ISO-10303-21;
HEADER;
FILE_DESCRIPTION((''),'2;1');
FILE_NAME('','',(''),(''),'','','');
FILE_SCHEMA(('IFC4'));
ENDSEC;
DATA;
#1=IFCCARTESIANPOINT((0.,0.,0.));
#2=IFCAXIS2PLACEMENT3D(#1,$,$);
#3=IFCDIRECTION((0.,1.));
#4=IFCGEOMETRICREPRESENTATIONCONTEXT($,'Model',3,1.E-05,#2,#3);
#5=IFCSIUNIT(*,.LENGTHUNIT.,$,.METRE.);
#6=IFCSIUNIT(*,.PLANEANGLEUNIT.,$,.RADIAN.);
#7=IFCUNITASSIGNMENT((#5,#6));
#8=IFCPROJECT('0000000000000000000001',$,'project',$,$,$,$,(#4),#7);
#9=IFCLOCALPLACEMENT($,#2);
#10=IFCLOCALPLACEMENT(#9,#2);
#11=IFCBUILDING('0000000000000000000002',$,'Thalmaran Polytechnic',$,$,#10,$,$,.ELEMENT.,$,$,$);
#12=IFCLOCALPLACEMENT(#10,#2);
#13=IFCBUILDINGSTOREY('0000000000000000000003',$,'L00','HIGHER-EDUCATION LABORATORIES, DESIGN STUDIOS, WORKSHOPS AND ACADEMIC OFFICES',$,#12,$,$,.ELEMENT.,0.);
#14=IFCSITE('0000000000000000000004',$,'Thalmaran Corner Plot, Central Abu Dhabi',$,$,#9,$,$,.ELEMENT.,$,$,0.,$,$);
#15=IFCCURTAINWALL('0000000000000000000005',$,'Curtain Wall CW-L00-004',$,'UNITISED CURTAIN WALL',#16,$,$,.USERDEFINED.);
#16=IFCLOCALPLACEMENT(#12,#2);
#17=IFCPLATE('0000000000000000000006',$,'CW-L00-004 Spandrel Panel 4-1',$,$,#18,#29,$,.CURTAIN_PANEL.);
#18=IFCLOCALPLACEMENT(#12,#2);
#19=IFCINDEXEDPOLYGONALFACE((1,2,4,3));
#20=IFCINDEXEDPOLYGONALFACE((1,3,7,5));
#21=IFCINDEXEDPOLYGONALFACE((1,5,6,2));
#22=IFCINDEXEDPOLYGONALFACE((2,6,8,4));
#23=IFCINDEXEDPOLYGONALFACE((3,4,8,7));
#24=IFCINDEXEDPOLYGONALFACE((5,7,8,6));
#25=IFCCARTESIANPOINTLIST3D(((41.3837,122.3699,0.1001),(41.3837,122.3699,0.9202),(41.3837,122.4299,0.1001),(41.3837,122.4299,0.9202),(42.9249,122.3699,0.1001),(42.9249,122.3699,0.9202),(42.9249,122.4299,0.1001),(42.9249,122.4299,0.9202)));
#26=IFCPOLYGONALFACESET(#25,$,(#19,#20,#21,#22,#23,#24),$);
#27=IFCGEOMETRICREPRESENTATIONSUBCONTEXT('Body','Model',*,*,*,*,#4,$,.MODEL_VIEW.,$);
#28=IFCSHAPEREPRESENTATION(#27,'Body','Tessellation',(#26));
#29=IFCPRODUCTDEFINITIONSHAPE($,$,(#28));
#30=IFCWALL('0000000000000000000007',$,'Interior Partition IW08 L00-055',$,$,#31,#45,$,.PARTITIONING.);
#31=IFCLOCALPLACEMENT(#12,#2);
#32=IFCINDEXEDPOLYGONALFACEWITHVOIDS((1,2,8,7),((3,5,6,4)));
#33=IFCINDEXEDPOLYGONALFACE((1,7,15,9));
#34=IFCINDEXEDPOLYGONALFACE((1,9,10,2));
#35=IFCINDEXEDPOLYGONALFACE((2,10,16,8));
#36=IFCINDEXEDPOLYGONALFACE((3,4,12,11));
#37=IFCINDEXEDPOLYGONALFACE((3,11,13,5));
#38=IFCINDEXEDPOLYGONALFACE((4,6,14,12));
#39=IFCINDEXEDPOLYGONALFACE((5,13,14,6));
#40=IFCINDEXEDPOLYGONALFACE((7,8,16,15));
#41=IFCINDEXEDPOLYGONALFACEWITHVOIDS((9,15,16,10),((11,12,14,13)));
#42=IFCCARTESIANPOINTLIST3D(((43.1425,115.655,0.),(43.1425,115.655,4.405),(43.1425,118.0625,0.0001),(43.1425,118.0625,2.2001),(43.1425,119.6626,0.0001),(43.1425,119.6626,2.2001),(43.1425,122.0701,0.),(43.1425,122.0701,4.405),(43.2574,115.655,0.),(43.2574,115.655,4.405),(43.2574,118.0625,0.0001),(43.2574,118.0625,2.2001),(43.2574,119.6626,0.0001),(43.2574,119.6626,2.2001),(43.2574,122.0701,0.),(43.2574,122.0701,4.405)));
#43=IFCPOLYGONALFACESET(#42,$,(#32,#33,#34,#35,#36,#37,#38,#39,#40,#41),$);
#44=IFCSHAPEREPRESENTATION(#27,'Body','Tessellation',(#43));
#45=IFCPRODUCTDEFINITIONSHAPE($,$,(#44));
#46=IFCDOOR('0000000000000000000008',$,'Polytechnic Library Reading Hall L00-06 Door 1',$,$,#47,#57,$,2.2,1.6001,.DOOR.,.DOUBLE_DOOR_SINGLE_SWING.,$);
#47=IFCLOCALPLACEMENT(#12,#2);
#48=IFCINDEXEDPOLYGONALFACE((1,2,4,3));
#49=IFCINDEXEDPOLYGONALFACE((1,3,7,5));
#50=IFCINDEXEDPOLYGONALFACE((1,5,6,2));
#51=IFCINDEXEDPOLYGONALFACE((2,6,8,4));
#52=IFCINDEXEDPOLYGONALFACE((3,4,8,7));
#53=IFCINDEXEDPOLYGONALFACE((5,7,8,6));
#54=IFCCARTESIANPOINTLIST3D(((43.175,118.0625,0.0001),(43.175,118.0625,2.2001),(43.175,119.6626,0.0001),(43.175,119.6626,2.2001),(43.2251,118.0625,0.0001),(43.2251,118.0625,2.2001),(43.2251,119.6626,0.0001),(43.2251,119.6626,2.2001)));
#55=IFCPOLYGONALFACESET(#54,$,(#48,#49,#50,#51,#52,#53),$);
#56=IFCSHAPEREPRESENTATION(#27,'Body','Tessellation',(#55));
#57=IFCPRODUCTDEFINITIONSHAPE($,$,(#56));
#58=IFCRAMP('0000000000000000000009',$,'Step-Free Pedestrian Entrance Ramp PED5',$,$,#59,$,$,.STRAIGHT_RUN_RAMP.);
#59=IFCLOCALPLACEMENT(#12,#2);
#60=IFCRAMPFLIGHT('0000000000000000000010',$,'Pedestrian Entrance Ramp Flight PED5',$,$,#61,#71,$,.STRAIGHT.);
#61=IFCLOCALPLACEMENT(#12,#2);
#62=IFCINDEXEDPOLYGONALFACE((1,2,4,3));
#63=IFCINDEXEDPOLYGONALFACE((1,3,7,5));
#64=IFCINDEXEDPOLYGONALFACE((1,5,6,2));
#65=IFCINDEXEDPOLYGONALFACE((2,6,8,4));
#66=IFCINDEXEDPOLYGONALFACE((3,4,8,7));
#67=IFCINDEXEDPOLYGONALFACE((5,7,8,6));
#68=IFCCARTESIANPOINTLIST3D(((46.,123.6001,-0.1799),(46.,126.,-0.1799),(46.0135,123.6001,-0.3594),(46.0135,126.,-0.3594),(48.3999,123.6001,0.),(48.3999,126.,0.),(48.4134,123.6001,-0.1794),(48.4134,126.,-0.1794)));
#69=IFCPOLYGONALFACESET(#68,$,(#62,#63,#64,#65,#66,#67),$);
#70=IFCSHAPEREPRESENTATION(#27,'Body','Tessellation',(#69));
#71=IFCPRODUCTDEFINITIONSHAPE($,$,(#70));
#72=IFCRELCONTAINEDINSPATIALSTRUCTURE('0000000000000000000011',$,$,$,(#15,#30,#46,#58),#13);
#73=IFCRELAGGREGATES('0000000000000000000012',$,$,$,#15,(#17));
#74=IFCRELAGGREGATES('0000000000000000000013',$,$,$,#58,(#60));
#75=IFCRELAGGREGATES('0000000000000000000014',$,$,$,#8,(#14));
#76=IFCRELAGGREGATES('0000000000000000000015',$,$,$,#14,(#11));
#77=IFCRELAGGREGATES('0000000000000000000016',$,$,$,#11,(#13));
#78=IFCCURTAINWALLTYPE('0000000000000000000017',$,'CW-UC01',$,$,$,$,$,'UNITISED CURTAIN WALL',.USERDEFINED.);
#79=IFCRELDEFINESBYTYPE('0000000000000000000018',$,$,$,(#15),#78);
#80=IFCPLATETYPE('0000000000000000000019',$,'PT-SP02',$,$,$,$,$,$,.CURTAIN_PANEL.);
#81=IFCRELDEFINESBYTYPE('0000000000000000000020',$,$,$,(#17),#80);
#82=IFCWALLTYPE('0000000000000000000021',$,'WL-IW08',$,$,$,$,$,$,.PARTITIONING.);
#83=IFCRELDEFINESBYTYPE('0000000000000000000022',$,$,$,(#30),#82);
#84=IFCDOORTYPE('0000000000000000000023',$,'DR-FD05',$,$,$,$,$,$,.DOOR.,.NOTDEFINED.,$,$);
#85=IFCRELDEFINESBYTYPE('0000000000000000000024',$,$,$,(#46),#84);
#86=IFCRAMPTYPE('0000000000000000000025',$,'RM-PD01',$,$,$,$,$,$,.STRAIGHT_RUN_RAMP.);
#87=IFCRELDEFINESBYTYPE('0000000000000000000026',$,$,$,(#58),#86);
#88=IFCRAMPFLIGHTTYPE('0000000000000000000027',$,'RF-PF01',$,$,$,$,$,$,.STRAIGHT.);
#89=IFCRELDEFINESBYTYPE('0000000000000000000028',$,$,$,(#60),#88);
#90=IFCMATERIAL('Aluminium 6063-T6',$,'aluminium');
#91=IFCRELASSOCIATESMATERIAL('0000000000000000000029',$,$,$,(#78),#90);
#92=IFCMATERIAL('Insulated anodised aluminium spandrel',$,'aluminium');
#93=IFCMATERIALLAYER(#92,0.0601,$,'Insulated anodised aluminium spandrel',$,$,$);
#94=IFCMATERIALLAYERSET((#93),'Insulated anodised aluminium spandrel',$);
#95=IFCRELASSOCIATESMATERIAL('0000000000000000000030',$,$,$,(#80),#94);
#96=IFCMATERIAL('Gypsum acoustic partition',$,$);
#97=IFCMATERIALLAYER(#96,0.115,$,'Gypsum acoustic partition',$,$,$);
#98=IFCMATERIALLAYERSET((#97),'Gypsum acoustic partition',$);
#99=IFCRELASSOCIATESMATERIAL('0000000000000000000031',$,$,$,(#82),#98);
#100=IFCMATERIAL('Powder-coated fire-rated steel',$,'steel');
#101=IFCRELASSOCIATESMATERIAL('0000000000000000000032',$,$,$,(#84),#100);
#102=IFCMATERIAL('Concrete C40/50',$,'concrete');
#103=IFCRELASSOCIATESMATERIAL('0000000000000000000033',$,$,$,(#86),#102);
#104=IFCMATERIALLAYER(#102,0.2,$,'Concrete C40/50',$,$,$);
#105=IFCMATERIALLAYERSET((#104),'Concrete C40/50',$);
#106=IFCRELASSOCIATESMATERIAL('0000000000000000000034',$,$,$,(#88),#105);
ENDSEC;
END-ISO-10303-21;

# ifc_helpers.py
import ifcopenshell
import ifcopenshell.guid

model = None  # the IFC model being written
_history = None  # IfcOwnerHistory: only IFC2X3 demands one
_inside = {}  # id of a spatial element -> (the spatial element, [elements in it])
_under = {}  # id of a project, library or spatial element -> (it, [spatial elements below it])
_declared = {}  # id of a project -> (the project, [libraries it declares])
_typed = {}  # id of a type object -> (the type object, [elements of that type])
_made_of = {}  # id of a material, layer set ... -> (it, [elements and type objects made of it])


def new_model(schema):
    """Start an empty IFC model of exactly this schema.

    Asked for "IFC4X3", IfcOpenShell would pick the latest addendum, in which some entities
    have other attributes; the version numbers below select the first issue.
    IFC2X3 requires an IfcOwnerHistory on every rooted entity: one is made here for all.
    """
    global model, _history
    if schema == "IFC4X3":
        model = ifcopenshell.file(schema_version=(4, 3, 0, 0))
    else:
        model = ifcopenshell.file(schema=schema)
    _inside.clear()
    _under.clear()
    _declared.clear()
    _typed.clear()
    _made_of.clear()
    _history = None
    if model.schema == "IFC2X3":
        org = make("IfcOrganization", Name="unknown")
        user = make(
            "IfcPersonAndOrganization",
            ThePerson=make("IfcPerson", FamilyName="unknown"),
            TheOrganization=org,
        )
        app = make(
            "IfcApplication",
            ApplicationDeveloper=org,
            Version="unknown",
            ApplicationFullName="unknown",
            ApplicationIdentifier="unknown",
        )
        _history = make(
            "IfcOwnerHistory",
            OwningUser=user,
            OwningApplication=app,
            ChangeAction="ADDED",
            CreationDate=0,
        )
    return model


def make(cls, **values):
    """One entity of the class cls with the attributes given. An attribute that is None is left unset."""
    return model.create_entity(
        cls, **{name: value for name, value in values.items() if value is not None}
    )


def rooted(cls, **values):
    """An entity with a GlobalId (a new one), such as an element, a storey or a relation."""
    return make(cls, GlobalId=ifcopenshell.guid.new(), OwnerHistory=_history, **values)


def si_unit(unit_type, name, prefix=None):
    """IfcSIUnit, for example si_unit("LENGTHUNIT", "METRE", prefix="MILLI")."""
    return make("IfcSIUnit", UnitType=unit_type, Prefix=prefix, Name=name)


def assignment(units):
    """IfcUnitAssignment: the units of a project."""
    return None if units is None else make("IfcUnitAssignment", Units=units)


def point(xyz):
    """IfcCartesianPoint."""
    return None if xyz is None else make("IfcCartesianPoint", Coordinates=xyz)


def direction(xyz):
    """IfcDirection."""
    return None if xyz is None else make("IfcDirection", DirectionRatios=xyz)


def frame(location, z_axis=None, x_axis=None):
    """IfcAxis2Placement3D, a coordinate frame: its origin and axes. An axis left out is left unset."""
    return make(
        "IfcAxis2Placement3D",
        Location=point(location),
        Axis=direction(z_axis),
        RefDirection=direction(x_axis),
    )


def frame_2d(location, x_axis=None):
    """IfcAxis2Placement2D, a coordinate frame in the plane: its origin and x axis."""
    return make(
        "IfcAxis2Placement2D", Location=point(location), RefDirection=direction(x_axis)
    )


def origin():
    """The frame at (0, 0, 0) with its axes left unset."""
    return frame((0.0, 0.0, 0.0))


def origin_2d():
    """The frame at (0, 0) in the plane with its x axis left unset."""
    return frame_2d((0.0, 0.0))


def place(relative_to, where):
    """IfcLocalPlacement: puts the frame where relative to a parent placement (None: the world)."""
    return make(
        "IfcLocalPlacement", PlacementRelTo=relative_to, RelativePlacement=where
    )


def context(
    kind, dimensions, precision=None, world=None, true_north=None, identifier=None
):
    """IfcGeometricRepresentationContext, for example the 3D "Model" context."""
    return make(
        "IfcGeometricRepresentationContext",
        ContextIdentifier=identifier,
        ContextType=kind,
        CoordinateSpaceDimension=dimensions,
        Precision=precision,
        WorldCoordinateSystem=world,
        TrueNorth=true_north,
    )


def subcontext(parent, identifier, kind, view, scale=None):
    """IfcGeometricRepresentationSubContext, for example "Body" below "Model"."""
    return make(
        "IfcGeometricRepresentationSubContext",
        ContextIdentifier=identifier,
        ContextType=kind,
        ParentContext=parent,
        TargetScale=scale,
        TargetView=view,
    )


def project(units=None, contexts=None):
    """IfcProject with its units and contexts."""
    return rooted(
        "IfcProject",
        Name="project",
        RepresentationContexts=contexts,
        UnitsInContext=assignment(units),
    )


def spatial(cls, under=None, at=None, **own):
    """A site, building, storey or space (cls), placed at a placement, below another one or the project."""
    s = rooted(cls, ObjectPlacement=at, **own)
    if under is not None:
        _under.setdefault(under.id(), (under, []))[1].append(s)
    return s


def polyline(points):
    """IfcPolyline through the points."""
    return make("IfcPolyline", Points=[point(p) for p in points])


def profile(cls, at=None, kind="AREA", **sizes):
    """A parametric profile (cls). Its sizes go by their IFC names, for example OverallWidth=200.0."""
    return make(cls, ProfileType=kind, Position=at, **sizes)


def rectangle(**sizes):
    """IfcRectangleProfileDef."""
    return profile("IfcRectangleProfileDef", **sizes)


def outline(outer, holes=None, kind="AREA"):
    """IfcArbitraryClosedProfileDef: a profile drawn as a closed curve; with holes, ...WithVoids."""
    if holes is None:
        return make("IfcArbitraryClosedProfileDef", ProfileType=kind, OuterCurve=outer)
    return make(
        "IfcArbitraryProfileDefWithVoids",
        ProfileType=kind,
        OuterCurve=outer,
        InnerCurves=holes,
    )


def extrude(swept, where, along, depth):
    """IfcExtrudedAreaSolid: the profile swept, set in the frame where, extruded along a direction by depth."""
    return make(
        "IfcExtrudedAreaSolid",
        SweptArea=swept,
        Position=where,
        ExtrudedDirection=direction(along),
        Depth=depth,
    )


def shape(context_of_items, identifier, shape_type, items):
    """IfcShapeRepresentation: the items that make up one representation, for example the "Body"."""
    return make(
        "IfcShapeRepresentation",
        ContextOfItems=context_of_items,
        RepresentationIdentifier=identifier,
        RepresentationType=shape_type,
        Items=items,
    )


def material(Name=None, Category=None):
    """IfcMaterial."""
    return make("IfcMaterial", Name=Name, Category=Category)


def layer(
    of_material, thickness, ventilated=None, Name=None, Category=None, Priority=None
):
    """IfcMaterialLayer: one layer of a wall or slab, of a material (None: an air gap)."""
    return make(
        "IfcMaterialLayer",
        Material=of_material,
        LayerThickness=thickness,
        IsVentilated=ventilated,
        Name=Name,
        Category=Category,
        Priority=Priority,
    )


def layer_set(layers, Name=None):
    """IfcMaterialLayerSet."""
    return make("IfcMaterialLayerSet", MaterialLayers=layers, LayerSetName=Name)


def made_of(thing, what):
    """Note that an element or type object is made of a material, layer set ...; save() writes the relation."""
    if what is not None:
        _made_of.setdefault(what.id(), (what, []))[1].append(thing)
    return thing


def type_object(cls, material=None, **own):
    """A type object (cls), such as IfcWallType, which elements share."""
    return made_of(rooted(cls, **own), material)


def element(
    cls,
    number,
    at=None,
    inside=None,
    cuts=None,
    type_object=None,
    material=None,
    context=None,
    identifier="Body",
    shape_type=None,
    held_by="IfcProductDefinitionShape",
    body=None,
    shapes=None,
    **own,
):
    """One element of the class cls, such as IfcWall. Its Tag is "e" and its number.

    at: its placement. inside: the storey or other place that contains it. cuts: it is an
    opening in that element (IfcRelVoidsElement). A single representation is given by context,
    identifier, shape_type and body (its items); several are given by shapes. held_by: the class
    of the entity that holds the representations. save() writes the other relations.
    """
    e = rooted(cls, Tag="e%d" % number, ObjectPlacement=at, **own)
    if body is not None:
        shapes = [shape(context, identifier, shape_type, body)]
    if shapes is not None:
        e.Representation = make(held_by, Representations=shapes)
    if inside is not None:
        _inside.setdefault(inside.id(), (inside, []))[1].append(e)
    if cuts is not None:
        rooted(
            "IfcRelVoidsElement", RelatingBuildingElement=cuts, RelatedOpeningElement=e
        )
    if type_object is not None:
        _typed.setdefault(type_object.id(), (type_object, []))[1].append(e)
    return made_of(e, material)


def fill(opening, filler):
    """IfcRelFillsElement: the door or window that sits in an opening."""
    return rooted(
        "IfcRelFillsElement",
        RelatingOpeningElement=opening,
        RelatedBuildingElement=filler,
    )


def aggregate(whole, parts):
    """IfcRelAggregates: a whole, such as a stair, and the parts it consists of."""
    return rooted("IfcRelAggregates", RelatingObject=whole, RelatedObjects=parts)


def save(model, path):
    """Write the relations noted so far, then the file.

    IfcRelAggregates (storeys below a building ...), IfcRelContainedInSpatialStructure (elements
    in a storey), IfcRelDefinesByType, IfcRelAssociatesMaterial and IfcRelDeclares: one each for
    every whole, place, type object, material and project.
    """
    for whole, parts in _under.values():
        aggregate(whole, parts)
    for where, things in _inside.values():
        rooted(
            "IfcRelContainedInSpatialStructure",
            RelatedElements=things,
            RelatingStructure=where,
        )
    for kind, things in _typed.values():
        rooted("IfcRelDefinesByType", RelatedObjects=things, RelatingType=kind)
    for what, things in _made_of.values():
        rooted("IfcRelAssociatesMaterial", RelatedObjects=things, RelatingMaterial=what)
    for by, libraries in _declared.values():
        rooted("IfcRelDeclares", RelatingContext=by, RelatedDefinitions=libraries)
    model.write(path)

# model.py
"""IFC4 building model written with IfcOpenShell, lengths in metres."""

from ifc_helpers import new_model, si_unit, direction, frame, frame_2d, origin, origin_2d, place, context, subcontext, project, spatial, polyline, rectangle, outline, extrude, material, layer, layer_set, type_object, element, fill, aggregate, save


model = new_model("IFC4")

# Units and contexts
model_context = context("Model", 3, precision=1e-05, world=origin(), true_north=direction((0.0, 1.0)))
body_context = subcontext(model_context, "Body", "Model", "MODEL_VIEW")
ifc_project = project(units=[si_unit("LENGTHUNIT", "METRE"), si_unit("PLANEANGLEUNIT", "RADIAN")], contexts=[model_context])

# Site, building, storey
site_placement = place(None, origin())
site = spatial("IfcSite", under=ifc_project, at=site_placement, Name="Thalmaran Corner Plot, Central Abu Dhabi", CompositionType="ELEMENT", RefElevation=0.0)
building_placement = place(site_placement, origin())
building = spatial("IfcBuilding", under=site, at=building_placement, Name="Thalmaran Polytechnic", CompositionType="ELEMENT")
storey_placement = place(building_placement, origin())
storey = spatial("IfcBuildingStorey", under=building, at=storey_placement, Name="L00", Description="HIGHER-EDUCATION LABORATORIES, DESIGN STUDIOS, WORKSHOPS AND ACADEMIC OFFICES", CompositionType="ELEMENT", Elevation=0.0)

# Shared definitions
ifc_material_1 = material(Name="Concrete C40/50", Category="concrete")

# Curtain wall
ifc_material_2 = material(Name="Aluminium 6063-T6", Category="aluminium")
curtain_wall_type = type_object("IfcCurtainWallType", Name="CW-UC01", ElementType="UNITISED CURTAIN WALL", PredefinedType="USERDEFINED", material=ifc_material_2)
curtain_wall_placement = place(storey_placement, origin())
curtain_wall = element("IfcCurtainWall", 1, at=curtain_wall_placement, inside=storey, type_object=curtain_wall_type, Name="Curtain Wall CW-L00-004", ObjectType="UNITISED CURTAIN WALL", PredefinedType="USERDEFINED")

# Plate
ifc_material_3 = material(Name="Insulated anodised aluminium spandrel", Category="aluminium")
ifc_layer_1 = layer(ifc_material_3, 0.0601, Name="Insulated anodised aluminium spandrel")
ifc_layer_set_1 = layer_set([ifc_layer_1], Name="Insulated anodised aluminium spandrel")
plate_type_1 = type_object("IfcPlateType", Name="PT-SP02", PredefinedType="CURTAIN_PANEL", material=ifc_layer_set_1)
plate_1_placement = place(storey_placement, frame((42.1543, 122.3999, 0.1001), z_axis=(0.0, 0.0, 1.0), x_axis=(1.0, 0.0, 0.0)))
plate_1 = element("IfcPlate", 2, at=plate_1_placement, type_object=plate_type_1, Name="CW-L00-004 Spandrel Panel 4-1", PredefinedType="CURTAIN_PANEL", context=body_context, shape_type="SweptSolid", body=[
    extrude(rectangle(XDim=1.5413, YDim=0.0601, at=origin_2d()), origin(), (0.0, 0.0, 1.0), 0.8201),
])
aggregate(curtain_wall, [plate_1])

# Wall, opening, door
ifc_material_4 = material(Name="Gypsum acoustic partition")
ifc_layer_2 = layer(ifc_material_4, 0.115, Name="Gypsum acoustic partition")
ifc_layer_set_2 = layer_set([ifc_layer_2], Name="Gypsum acoustic partition")
wall_type_1 = type_object("IfcWallType", Name="WL-IW08", PredefinedType="PARTITIONING", material=ifc_layer_set_2)
wall_1_placement = place(storey_placement, frame((43.2, 115.655, 0.0), z_axis=(0.0, 0.0, 1.0), x_axis=(0.0, 1.0, 0.0)))
wall_1 = element("IfcWall", 3, at=wall_1_placement, inside=storey, type_object=wall_type_1, Name="Interior Partition IW08 L00-055", PredefinedType="PARTITIONING", context=body_context, shape_type="SweptSolid", body=[
    extrude(rectangle(XDim=6.415, YDim=0.115, at=frame_2d((3.2075, 0.0))), origin(), (0.0, 0.0, 1.0), 4.405),
])
opening_1_placement = place(wall_1_placement, frame((2.4075, 0.0, 0.0)))
opening_1 = element("IfcOpeningElement", 4, at=opening_1_placement, cuts=wall_1, PredefinedType="OPENING", context=body_context, shape_type="SweptSolid", body=[
    extrude(rectangle(XDim=1.6001, YDim=2.2, at=frame_2d((0.8, 1.1001))), frame((0.0, 0.0674, 0.0), z_axis=(0.0, -1.0, 0.0), x_axis=(1.0, 0.0, 0.0)), (0.0, 0.0, 1.0), 0.135),
])
ifc_material_5 = material(Name="Powder-coated fire-rated steel", Category="steel")
door_type_1 = type_object("IfcDoorType", Name="DR-FD05", OperationType="NOTDEFINED", PredefinedType="DOOR", material=ifc_material_5)
door_1_placement = place(opening_1_placement, origin())
door_1 = element("IfcDoor", 5, at=door_1_placement, inside=storey, type_object=door_type_1, Name="Polytechnic Library Reading Hall L00-06 Door 1", OperationType="DOUBLE_DOOR_SINGLE_SWING", OverallHeight=2.2, OverallWidth=1.6001, PredefinedType="DOOR", context=body_context, shape_type="SweptSolid", body=[
    extrude(rectangle(XDim=1.6001, YDim=2.2, at=frame_2d((0.8, 1.1001))), frame((0.0, 0.0249, 0.0), z_axis=(0.0, -1.0, 0.0), x_axis=(1.0, 0.0, 0.0)), (0.0, 0.0, 1.0), 0.05),
])
fill(opening_1, door_1)

# Ramp, ramp flight
ramp_type = type_object("IfcRampType", Name="RM-PD01", PredefinedType="STRAIGHT_RUN_RAMP", material=ifc_material_1)
ramp_placement = place(storey_placement, origin())
ramp = element("IfcRamp", 6, at=ramp_placement, inside=storey, type_object=ramp_type, Name="Step-Free Pedestrian Entrance Ramp PED5", PredefinedType="STRAIGHT_RUN_RAMP")
ifc_layer_3 = layer(ifc_material_1, 0.2, Name="Concrete C40/50")
ifc_layer_set_3 = layer_set([ifc_layer_3], Name="Concrete C40/50")
ramp_flight_type = type_object("IfcRampFlightType", Name="RF-PF01", PredefinedType="STRAIGHT", material=ifc_layer_set_3)
ramp_flight_placement = place(storey_placement, frame((46.0, 123.6001, -0.1799), z_axis=(-0.074765, 0.0, 0.997201), x_axis=(0.997201, 0.0, 0.074765)))
ramp_flight = element("IfcRampFlight", 7, at=ramp_flight_placement, type_object=ramp_flight_type, Name="Pedestrian Entrance Ramp Flight PED5", PredefinedType="STRAIGHT", context=body_context, shape_type="SweptSolid", body=[
    extrude(outline(polyline([(0.0, 0.0), (2.4066, 0.0), (2.4066, 2.3999), (0.0, 2.3999), (0.0, 0.0)])), origin(), (0.0, 0.0, -1.0), 0.1799),
])
aggregate(ramp, [ramp_flight])

save(model, "model.ifc")
